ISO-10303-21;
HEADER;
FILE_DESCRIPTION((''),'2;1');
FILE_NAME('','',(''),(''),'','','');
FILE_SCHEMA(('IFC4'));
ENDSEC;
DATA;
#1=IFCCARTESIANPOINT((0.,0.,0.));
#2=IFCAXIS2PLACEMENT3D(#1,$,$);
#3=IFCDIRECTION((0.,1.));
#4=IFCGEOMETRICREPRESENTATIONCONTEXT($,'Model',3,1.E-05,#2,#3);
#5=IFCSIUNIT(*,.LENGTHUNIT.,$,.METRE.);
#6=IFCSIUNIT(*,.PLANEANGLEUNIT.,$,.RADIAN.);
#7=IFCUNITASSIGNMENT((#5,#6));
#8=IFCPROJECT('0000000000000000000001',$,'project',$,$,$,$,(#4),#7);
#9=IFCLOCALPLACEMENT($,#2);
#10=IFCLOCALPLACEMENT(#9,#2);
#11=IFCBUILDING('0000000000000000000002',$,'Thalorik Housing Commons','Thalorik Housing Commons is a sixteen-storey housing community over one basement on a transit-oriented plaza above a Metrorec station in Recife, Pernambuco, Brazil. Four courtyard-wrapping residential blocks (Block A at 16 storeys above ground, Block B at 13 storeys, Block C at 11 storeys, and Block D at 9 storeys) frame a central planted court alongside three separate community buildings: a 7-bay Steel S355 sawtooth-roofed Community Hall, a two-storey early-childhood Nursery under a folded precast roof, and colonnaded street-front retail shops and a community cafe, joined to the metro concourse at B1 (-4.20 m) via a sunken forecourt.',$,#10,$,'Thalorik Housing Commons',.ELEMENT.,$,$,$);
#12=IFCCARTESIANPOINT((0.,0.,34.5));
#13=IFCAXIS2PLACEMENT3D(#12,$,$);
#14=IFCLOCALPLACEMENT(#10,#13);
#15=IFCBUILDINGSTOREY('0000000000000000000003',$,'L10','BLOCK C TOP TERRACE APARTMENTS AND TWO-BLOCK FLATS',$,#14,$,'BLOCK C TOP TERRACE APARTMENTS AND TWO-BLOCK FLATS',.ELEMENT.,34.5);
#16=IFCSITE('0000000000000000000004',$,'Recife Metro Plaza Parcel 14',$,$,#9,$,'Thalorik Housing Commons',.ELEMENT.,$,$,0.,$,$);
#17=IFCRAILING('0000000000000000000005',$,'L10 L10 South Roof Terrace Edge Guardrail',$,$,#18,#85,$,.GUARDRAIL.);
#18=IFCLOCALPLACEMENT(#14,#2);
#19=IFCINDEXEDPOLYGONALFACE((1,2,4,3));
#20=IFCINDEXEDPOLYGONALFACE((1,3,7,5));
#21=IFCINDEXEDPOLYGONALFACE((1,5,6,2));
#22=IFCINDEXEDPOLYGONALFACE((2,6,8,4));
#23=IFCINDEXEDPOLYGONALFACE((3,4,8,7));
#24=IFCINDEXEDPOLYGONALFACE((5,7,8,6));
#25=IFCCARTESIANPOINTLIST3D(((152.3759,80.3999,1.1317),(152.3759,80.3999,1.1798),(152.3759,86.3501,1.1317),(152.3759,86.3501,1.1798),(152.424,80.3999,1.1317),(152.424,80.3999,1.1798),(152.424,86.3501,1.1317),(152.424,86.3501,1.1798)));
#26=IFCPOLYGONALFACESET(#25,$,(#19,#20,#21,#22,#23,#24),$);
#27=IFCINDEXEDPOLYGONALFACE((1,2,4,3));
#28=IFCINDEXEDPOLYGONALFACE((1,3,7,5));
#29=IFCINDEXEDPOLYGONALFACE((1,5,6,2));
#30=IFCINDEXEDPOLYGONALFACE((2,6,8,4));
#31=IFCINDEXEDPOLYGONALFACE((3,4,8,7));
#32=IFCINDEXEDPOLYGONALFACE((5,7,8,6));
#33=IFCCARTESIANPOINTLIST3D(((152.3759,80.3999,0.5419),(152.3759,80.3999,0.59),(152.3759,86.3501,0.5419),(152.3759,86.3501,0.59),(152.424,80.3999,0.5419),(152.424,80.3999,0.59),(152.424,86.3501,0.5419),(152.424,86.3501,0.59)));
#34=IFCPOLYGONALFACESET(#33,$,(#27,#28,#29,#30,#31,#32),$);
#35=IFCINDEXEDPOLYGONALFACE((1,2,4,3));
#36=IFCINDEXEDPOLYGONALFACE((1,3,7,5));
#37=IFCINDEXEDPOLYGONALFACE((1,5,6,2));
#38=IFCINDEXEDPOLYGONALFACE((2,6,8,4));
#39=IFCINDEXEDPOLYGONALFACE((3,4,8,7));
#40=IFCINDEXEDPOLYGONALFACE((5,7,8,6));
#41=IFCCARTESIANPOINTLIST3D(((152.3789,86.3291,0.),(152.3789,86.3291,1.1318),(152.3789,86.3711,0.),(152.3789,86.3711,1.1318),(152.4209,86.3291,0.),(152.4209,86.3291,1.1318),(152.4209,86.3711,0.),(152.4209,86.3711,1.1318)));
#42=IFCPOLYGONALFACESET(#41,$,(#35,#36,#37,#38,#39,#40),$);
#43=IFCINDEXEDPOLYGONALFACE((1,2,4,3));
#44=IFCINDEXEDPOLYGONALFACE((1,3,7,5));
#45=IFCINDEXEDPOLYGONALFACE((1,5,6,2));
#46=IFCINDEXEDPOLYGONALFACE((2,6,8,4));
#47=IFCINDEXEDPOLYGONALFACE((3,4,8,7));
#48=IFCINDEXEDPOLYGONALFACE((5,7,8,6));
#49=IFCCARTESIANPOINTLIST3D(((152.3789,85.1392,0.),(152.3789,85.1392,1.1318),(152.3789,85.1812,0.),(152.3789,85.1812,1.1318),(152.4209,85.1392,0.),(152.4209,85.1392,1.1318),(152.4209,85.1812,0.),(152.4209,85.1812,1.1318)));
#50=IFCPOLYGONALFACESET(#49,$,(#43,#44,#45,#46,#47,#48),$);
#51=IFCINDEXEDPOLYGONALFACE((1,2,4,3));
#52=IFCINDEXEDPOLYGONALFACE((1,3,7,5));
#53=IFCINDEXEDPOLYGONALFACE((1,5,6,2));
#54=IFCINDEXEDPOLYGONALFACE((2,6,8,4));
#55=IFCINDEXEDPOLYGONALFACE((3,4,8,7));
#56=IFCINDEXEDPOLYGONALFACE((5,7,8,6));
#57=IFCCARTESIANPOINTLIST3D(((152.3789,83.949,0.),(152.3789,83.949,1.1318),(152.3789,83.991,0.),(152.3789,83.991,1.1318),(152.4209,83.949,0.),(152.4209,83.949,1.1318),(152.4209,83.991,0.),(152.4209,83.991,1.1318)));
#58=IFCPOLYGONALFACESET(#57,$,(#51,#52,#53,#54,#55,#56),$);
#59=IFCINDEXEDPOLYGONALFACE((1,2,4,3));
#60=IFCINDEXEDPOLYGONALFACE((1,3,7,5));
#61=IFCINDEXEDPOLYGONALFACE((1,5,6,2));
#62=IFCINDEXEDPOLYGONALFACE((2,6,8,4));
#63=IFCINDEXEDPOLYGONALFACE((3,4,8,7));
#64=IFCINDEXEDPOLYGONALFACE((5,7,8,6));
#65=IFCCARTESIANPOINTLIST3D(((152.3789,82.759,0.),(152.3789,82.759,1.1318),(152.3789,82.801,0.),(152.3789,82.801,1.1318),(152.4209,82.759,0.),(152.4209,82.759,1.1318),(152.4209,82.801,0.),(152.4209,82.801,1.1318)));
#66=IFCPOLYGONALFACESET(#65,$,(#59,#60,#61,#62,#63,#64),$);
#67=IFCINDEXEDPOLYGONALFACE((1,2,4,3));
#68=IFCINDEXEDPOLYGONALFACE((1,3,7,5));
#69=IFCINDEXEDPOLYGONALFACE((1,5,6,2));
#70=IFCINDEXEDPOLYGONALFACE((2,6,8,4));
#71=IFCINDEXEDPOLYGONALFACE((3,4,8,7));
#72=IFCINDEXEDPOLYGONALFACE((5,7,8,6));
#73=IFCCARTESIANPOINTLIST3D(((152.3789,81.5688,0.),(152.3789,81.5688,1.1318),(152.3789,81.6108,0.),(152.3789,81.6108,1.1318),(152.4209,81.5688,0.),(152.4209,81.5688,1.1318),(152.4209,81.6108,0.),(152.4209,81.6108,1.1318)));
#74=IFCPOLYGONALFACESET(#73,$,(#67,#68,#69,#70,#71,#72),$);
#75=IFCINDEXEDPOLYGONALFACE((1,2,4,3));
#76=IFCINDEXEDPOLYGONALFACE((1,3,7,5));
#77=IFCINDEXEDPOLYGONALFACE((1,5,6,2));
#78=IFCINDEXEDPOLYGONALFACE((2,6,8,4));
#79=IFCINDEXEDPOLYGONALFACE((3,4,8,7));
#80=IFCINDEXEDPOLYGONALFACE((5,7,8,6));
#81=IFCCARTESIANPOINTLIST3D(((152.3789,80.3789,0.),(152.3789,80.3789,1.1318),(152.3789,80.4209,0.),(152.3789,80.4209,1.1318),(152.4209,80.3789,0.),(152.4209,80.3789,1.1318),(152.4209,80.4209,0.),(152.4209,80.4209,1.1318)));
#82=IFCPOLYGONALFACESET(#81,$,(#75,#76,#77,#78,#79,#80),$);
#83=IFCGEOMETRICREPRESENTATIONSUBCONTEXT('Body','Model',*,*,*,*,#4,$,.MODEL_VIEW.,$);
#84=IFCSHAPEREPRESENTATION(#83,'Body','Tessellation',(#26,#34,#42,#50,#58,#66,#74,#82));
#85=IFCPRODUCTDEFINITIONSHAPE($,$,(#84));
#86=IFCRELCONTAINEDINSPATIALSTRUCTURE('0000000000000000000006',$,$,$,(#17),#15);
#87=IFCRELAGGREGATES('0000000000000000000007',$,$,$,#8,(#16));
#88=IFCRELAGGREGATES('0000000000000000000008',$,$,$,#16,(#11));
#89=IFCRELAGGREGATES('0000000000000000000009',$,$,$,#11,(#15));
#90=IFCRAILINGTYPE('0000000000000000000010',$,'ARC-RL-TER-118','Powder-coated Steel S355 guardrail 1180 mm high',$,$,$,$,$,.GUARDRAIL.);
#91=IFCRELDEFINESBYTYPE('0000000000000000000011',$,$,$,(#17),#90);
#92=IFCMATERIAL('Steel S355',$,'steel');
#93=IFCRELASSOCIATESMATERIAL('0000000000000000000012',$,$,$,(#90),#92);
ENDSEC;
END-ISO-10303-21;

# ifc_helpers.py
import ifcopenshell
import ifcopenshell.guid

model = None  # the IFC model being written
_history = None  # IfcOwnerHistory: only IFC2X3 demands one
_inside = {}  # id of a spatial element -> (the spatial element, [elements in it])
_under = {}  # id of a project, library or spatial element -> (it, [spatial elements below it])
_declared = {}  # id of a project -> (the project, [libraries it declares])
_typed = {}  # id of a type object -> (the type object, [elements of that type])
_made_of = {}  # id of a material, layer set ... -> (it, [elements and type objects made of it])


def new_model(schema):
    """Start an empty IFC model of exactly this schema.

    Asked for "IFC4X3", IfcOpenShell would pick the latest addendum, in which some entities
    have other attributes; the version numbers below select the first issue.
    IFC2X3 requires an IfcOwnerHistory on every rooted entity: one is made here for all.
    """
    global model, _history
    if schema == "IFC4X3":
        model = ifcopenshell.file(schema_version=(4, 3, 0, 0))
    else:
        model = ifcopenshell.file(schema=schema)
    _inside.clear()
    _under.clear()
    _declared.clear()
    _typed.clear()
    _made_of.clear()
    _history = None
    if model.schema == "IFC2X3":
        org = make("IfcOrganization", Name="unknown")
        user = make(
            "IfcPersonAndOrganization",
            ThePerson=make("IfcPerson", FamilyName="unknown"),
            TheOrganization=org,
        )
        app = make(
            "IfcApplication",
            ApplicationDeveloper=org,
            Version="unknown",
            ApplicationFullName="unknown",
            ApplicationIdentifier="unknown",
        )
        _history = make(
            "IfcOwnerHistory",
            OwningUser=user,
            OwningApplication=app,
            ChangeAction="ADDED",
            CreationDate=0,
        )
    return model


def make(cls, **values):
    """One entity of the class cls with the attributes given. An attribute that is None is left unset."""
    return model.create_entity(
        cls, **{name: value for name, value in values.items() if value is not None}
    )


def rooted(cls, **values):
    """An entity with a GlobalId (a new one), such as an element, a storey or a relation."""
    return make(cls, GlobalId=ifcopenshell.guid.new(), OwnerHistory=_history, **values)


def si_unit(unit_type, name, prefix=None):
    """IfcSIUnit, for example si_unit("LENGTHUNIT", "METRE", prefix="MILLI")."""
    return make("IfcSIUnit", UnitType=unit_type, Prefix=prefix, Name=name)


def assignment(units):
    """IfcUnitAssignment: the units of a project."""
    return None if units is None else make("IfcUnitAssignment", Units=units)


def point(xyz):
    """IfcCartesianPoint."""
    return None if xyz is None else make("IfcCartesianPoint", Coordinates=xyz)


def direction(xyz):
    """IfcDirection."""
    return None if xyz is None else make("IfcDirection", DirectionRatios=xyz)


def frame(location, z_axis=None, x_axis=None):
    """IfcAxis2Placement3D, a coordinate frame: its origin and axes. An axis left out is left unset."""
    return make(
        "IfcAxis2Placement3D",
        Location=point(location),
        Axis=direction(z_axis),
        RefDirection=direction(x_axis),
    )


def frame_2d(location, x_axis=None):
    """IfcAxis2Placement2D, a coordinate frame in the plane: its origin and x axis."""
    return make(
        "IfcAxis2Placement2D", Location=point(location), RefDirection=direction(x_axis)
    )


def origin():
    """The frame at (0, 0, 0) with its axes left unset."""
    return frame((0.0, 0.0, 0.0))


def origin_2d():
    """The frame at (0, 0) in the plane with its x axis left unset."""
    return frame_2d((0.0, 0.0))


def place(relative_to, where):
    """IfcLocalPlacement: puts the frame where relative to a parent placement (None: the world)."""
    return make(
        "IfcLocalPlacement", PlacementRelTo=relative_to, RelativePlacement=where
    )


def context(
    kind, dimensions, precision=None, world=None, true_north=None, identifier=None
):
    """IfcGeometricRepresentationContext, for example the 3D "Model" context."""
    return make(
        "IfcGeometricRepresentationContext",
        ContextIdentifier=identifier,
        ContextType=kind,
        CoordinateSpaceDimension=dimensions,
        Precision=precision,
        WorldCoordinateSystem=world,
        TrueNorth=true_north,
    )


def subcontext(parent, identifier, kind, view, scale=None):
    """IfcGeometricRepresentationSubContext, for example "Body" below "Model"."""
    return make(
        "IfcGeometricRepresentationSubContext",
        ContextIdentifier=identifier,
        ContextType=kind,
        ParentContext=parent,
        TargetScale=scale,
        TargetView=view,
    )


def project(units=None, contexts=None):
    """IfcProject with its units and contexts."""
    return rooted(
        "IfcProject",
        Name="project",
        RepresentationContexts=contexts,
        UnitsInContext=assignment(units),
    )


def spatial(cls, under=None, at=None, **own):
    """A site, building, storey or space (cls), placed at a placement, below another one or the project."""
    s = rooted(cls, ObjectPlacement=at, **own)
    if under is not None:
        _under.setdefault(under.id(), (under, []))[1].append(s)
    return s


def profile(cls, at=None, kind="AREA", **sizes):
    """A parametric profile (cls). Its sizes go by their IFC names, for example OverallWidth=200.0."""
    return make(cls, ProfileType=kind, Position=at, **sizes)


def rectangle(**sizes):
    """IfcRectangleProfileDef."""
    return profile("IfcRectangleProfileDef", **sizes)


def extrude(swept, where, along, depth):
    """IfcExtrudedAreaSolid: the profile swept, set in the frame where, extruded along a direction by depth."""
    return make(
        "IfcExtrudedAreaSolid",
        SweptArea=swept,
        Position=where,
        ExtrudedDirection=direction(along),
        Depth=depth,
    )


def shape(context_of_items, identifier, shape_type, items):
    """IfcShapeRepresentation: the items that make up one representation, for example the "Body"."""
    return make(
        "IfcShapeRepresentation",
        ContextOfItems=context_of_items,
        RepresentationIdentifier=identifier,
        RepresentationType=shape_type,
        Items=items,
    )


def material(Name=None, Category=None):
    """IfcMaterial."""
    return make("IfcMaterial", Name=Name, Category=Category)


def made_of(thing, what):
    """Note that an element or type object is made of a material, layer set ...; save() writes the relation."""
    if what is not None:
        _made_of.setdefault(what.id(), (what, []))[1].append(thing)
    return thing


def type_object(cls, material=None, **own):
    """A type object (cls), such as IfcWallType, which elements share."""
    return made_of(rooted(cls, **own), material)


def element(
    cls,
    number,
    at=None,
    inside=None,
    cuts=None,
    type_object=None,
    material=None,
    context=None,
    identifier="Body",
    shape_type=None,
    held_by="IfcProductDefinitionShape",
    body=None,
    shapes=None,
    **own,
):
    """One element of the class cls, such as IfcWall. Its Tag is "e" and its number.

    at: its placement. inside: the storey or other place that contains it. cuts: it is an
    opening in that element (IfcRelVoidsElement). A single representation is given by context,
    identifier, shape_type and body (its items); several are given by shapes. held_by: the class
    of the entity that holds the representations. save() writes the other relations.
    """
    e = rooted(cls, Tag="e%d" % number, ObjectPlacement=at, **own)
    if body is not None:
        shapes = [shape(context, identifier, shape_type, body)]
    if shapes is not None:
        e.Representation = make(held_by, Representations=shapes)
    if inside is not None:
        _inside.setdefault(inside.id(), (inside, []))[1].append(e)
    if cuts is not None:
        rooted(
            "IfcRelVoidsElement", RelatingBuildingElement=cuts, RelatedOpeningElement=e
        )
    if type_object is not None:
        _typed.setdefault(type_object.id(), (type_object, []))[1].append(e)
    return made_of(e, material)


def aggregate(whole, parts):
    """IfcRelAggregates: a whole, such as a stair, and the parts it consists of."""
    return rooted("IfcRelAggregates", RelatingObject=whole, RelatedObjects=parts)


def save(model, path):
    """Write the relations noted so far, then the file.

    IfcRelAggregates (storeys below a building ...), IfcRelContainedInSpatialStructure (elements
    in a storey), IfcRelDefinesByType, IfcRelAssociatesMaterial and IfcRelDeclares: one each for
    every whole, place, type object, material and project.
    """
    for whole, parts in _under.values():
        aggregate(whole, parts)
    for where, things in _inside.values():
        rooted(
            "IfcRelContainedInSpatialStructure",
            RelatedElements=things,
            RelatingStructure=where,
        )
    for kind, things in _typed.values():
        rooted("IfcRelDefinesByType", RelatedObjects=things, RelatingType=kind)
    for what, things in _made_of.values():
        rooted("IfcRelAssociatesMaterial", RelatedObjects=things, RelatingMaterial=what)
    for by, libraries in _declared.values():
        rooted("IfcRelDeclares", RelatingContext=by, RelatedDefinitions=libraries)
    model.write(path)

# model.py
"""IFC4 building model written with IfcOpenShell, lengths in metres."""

from ifc_helpers import new_model, si_unit, direction, frame, origin, origin_2d, place, context, subcontext, project, spatial, rectangle, extrude, material, type_object, element, save


model = new_model("IFC4")

# Units and contexts
model_context = context("Model", 3, precision=1e-05, world=origin(), true_north=direction((0.0, 1.0)))
body_context = subcontext(model_context, "Body", "Model", "MODEL_VIEW")
ifc_project = project(units=[si_unit("LENGTHUNIT", "METRE"), si_unit("PLANEANGLEUNIT", "RADIAN")], contexts=[model_context])

# Site, building, storey
site_placement = place(None, origin())
site = spatial("IfcSite", under=ifc_project, at=site_placement, Name="Recife Metro Plaza Parcel 14", LongName="Thalorik Housing Commons", CompositionType="ELEMENT", RefElevation=0.0)
building_placement = place(site_placement, origin())
building = spatial("IfcBuilding", under=site, at=building_placement, Name="Thalorik Housing Commons", Description="Thalorik Housing Commons is a sixteen-storey housing community over one basement on a transit-oriented plaza above a Metrorec station in Recife, Pernambuco, Brazil. Four courtyard-wrapping residential blocks (Block A at 16 storeys above ground, Block B at 13 storeys, Block C at 11 storeys, and Block D at 9 storeys) frame a central planted court alongside three separate community buildings: a 7-bay Steel S355 sawtooth-roofed Community Hall, a two-storey early-childhood Nursery under a folded precast roof, and colonnaded street-front retail shops and a community cafe, joined to the metro concourse at B1 (-4.20 m) via a sunken forecourt.", LongName="Thalorik Housing Commons", CompositionType="ELEMENT")
storey_placement = place(building_placement, frame((0.0, 0.0, 34.5)))
storey = spatial("IfcBuildingStorey", under=building, at=storey_placement, Name="L10", Description="BLOCK C TOP TERRACE APARTMENTS AND TWO-BLOCK FLATS", LongName="BLOCK C TOP TERRACE APARTMENTS AND TWO-BLOCK FLATS", CompositionType="ELEMENT", Elevation=34.5)

# Railing
ifc_material_1 = material(Name="Steel S355", Category="steel")
railing_type = type_object("IfcRailingType", Name="ARC-RL-TER-118", Description="Powder-coated Steel S355 guardrail 1180 mm high", PredefinedType="GUARDRAIL", material=ifc_material_1)
railing_1_placement = place(storey_placement, frame((152.3999, 86.3501, 0.0)))
element("IfcRailing", 1, at=railing_1_placement, inside=storey, type_object=railing_type, Name="L10 L10 South Roof Terrace Edge Guardrail", PredefinedType="GUARDRAIL", context=body_context, shape_type="SweptSolid", body=[
    extrude(rectangle(XDim=0.0481, YDim=0.0481, at=origin_2d()), frame((0.0, 0.0, 1.1558), z_axis=(0.0, -1.0, 0.0), x_axis=(1.0, 0.0, 0.0)), (0.0, 0.0, 1.0), 5.9502),
    extrude(rectangle(XDim=0.0481, YDim=0.0481, at=origin_2d()), frame((0.0, 0.0, 0.5659), z_axis=(0.0, -1.0, 0.0), x_axis=(1.0, 0.0, 0.0)), (0.0, 0.0, 1.0), 5.9502),
    extrude(rectangle(XDim=0.042, YDim=0.042, at=origin_2d()), origin(), (0.0, 0.0, 1.0), 1.1318),
    extrude(rectangle(XDim=0.042, YDim=0.042, at=origin_2d()), frame((0.0, -1.1899, 0.0)), (0.0, 0.0, 1.0), 1.1318),
    extrude(rectangle(XDim=0.042, YDim=0.042, at=origin_2d()), frame((0.0, -2.3801, 0.0)), (0.0, 0.0, 1.0), 1.1318),
    extrude(rectangle(XDim=0.042, YDim=0.042, at=origin_2d()), frame((0.0, -3.5701, 0.0)), (0.0, 0.0, 1.0), 1.1318),
    extrude(rectangle(XDim=0.042, YDim=0.042, at=origin_2d()), frame((0.0, -4.7603, 0.0)), (0.0, 0.0, 1.0), 1.1318),
    extrude(rectangle(XDim=0.042, YDim=0.042, at=origin_2d()), frame((0.0, -5.9502, 0.0)), (0.0, 0.0, 1.0), 1.1318),
])

save(model, "model.ifc")
